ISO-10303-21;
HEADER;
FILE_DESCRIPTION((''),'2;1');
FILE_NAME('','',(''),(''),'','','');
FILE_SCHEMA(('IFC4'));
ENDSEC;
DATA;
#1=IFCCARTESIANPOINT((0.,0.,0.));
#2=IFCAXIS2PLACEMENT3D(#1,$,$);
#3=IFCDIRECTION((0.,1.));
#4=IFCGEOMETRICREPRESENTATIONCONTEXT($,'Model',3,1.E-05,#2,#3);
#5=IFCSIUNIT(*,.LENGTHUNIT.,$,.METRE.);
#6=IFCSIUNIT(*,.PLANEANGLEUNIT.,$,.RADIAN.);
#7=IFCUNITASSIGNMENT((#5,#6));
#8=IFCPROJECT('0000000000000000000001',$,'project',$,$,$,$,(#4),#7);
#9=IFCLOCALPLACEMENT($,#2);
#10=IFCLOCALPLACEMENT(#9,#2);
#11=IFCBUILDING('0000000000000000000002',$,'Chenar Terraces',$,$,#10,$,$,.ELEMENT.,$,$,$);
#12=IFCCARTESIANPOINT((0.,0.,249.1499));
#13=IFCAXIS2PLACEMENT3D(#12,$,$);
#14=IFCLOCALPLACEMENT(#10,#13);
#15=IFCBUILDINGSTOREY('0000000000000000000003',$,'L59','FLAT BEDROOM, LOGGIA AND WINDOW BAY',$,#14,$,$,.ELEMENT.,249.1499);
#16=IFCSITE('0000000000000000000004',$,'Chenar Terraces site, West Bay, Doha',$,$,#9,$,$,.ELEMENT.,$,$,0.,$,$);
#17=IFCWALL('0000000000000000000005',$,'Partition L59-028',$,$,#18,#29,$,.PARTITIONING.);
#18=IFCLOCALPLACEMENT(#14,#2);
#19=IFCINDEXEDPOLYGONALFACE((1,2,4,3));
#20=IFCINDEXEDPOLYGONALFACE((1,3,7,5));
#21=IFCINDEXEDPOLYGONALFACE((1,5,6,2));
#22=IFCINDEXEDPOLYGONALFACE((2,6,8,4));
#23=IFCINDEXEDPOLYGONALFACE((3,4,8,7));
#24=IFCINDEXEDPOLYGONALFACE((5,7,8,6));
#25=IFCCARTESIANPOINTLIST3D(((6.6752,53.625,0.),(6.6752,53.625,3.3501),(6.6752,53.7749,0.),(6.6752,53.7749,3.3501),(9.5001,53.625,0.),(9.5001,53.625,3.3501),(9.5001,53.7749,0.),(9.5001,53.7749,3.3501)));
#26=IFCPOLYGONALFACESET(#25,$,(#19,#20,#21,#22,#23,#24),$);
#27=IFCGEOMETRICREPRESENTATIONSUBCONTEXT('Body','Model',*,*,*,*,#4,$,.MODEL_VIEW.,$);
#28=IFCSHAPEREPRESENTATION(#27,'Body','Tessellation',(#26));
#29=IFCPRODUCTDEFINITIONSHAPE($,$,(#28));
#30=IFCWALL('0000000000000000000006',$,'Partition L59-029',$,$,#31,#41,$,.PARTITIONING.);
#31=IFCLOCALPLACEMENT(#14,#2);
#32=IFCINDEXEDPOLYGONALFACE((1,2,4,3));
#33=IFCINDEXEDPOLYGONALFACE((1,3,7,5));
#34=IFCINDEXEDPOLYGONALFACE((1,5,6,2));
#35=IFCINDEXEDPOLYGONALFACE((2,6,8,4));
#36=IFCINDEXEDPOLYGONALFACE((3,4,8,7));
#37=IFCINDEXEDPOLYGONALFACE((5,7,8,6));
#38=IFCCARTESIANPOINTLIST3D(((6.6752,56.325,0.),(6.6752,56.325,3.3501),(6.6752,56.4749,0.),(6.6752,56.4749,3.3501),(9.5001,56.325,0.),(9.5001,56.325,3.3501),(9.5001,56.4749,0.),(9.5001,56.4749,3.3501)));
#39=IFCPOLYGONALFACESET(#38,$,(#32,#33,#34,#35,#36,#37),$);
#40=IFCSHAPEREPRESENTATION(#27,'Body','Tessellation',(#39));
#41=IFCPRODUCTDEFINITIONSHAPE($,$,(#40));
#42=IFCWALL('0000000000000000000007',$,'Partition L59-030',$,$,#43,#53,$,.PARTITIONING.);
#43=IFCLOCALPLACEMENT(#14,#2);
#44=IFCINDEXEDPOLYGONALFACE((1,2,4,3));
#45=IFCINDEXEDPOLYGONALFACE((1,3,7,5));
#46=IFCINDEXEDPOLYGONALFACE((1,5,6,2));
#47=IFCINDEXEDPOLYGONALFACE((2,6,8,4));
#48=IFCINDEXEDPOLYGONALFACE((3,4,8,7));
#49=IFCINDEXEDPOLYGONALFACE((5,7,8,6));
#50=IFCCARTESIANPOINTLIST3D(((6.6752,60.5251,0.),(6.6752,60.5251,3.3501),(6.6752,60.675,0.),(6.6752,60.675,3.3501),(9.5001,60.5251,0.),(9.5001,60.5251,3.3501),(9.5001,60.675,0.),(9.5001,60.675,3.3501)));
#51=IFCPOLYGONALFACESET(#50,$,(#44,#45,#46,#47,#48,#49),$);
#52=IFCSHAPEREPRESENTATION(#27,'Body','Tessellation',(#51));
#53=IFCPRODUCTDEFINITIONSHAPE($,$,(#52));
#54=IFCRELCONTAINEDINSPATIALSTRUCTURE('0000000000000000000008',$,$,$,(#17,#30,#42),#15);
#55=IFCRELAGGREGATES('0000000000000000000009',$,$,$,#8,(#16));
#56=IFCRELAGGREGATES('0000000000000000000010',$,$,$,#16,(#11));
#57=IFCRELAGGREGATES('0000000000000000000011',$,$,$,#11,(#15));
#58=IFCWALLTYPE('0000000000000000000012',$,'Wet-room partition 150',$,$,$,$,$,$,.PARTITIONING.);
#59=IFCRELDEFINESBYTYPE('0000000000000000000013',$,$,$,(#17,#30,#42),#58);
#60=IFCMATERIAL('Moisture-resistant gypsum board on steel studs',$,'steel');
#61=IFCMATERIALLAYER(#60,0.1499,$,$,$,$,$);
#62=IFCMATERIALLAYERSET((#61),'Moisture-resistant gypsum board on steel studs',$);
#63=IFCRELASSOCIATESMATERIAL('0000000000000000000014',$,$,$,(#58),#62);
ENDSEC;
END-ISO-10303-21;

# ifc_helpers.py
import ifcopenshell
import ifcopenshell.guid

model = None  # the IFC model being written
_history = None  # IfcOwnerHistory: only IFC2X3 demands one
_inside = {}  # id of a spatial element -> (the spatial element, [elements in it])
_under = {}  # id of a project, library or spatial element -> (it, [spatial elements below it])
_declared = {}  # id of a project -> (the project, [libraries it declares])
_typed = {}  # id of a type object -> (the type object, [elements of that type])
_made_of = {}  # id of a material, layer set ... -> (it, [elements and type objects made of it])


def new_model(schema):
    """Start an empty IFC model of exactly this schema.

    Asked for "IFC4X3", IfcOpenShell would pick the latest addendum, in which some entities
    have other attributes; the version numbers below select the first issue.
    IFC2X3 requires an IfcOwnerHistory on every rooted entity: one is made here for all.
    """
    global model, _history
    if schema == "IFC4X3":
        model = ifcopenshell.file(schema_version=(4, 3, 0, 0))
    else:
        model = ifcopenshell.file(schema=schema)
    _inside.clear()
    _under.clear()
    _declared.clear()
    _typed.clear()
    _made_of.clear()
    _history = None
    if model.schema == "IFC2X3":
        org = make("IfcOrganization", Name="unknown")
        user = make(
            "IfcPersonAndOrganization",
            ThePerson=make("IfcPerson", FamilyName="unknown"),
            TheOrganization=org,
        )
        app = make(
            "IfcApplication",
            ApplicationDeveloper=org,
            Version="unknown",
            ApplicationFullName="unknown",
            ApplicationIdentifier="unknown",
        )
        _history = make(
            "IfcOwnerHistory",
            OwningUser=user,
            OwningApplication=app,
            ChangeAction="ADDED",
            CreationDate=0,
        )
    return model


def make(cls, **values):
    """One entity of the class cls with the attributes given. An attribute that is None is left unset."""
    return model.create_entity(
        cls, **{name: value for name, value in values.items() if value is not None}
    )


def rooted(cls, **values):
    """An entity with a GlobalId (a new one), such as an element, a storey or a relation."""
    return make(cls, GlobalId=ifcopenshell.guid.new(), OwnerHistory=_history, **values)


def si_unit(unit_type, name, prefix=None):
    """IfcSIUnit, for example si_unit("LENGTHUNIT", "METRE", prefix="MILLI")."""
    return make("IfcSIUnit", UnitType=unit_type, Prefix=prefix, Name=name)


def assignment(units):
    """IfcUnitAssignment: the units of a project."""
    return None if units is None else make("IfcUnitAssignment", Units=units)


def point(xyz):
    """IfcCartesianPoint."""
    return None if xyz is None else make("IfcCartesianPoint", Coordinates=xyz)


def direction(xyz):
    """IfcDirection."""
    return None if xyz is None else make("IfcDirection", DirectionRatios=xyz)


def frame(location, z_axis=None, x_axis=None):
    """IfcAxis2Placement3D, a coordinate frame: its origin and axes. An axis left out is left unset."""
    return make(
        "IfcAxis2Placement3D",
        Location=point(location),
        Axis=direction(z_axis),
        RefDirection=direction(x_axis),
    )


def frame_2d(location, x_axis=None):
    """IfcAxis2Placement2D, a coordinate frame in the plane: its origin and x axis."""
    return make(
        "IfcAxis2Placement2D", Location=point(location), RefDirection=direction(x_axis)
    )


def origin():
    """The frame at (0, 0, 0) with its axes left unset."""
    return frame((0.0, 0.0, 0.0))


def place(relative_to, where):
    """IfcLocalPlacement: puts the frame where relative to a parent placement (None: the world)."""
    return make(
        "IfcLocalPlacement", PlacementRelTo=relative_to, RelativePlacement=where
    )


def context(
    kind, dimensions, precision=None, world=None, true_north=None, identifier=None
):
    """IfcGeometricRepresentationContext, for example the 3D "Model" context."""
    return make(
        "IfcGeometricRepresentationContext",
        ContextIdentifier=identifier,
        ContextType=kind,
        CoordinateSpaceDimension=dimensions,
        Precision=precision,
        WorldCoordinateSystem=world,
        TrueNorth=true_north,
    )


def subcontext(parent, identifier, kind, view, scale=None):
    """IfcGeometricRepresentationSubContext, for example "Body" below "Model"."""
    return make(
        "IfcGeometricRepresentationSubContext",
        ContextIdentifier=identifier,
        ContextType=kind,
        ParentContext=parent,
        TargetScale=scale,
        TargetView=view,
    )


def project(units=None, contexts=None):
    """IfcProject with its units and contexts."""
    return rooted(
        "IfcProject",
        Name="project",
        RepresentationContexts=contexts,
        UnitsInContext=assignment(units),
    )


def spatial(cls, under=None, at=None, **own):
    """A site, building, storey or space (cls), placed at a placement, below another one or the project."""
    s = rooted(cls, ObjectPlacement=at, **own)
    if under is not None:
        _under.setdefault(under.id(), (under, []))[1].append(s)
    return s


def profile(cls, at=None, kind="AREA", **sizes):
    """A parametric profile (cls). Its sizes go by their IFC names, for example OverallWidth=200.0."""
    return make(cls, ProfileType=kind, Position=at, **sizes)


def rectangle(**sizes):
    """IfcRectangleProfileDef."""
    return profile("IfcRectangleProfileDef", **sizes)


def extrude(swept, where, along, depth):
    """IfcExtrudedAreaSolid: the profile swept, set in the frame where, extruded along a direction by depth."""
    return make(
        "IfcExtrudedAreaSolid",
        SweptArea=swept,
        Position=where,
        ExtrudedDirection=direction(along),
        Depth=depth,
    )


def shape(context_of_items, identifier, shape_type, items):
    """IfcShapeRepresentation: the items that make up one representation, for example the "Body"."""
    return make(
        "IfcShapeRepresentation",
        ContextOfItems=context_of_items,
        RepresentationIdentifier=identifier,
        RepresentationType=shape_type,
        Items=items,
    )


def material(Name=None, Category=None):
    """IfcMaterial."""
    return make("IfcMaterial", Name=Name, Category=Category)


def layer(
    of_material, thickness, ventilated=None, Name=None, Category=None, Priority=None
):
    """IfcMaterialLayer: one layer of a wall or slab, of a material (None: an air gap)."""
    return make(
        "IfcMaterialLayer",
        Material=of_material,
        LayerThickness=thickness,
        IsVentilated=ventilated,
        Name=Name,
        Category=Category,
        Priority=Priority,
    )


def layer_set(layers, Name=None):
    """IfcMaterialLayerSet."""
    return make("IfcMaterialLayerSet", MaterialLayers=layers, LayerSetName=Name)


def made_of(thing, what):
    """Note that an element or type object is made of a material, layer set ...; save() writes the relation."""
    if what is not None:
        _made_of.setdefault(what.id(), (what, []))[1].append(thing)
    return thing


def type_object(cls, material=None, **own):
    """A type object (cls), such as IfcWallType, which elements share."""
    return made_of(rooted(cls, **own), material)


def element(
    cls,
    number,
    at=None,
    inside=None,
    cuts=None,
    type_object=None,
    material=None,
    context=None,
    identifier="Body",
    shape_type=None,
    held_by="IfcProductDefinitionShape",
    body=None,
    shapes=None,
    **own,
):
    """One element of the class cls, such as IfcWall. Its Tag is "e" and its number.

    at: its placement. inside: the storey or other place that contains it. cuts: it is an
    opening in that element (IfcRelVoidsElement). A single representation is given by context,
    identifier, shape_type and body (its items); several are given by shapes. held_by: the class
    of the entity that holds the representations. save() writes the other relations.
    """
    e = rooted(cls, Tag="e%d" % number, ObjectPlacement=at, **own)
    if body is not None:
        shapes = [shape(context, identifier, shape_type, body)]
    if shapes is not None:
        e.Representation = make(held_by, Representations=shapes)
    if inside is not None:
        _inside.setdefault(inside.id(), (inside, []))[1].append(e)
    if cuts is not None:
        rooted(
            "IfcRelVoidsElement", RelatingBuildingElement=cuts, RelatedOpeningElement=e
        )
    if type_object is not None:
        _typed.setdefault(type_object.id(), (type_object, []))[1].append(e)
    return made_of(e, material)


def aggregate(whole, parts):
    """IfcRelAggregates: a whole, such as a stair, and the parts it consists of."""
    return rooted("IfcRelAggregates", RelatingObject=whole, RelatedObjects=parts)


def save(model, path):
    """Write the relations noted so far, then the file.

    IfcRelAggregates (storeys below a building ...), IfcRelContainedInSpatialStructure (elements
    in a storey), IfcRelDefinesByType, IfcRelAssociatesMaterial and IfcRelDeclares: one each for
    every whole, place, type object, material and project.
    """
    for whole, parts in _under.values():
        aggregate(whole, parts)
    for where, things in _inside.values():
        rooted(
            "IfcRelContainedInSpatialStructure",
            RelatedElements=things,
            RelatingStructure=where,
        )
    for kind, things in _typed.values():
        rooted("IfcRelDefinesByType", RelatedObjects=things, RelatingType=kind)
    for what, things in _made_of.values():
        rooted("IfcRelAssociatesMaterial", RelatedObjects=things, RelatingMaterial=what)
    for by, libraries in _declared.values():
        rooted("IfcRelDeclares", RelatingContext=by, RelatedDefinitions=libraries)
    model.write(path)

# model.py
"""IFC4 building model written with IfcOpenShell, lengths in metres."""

from ifc_helpers import new_model, si_unit, direction, frame, frame_2d, origin, place, context, subcontext, project, spatial, rectangle, extrude, material, layer, layer_set, type_object, element, save


model = new_model("IFC4")

# Units and contexts
model_context = context("Model", 3, precision=1e-05, world=origin(), true_north=direction((0.0, 1.0)))
body_context = subcontext(model_context, "Body", "Model", "MODEL_VIEW")
ifc_project = project(units=[si_unit("LENGTHUNIT", "METRE"), si_unit("PLANEANGLEUNIT", "RADIAN")], contexts=[model_context])

# Site, building, storey
site_placement = place(None, origin())
site = spatial("IfcSite", under=ifc_project, at=site_placement, Name="Chenar Terraces site, West Bay, Doha", CompositionType="ELEMENT", RefElevation=0.0)
building_placement = place(site_placement, origin())
building = spatial("IfcBuilding", under=site, at=building_placement, Name="Chenar Terraces", CompositionType="ELEMENT")
storey_placement = place(building_placement, frame((0.0, 0.0, 249.1499)))
storey = spatial("IfcBuildingStorey", under=building, at=storey_placement, Name="L59", Description="FLAT BEDROOM, LOGGIA AND WINDOW BAY", CompositionType="ELEMENT", Elevation=249.1499)

# Shared definitions
ifc_material_1 = material(Name="Moisture-resistant gypsum board on steel studs", Category="steel")
ifc_layer_1 = layer(ifc_material_1, 0.1499)
ifc_layer_set_1 = layer_set([ifc_layer_1], Name="Moisture-resistant gypsum board on steel studs")
wall_type_1 = type_object("IfcWallType", Name="Wet-room partition 150", PredefinedType="PARTITIONING", material=ifc_layer_set_1)

# Walls
for number, where, z_axis, x_axis, name in (
    (1, (6.675, 53.7, 0.0), (0.0, 0.0, 1.0), (1.0, 0.0, 0.0), "Partition L59-028"),
    (2, (6.675, 56.3999, 0.0), (0.0, 0.0, 1.0), (1.0, 0.0, 0.0), "Partition L59-029"),
    (3, (6.675, 60.6001, 0.0), (0.0, 0.0, 1.0), (1.0, 0.0, 0.0), "Partition L59-030"),
):
    element("IfcWall", number, at=place(storey_placement, frame(where, z_axis=z_axis, x_axis=x_axis)), inside=storey, type_object=wall_type_1, Name=name, PredefinedType="PARTITIONING", context=body_context, shape_type="SweptSolid", body=[
        extrude(rectangle(XDim=2.825, YDim=0.1499, at=frame_2d((1.4126, 0.0))), origin(), (0.0, 0.0, 1.0), 3.3501),
    ])

save(model, "model.ifc")
